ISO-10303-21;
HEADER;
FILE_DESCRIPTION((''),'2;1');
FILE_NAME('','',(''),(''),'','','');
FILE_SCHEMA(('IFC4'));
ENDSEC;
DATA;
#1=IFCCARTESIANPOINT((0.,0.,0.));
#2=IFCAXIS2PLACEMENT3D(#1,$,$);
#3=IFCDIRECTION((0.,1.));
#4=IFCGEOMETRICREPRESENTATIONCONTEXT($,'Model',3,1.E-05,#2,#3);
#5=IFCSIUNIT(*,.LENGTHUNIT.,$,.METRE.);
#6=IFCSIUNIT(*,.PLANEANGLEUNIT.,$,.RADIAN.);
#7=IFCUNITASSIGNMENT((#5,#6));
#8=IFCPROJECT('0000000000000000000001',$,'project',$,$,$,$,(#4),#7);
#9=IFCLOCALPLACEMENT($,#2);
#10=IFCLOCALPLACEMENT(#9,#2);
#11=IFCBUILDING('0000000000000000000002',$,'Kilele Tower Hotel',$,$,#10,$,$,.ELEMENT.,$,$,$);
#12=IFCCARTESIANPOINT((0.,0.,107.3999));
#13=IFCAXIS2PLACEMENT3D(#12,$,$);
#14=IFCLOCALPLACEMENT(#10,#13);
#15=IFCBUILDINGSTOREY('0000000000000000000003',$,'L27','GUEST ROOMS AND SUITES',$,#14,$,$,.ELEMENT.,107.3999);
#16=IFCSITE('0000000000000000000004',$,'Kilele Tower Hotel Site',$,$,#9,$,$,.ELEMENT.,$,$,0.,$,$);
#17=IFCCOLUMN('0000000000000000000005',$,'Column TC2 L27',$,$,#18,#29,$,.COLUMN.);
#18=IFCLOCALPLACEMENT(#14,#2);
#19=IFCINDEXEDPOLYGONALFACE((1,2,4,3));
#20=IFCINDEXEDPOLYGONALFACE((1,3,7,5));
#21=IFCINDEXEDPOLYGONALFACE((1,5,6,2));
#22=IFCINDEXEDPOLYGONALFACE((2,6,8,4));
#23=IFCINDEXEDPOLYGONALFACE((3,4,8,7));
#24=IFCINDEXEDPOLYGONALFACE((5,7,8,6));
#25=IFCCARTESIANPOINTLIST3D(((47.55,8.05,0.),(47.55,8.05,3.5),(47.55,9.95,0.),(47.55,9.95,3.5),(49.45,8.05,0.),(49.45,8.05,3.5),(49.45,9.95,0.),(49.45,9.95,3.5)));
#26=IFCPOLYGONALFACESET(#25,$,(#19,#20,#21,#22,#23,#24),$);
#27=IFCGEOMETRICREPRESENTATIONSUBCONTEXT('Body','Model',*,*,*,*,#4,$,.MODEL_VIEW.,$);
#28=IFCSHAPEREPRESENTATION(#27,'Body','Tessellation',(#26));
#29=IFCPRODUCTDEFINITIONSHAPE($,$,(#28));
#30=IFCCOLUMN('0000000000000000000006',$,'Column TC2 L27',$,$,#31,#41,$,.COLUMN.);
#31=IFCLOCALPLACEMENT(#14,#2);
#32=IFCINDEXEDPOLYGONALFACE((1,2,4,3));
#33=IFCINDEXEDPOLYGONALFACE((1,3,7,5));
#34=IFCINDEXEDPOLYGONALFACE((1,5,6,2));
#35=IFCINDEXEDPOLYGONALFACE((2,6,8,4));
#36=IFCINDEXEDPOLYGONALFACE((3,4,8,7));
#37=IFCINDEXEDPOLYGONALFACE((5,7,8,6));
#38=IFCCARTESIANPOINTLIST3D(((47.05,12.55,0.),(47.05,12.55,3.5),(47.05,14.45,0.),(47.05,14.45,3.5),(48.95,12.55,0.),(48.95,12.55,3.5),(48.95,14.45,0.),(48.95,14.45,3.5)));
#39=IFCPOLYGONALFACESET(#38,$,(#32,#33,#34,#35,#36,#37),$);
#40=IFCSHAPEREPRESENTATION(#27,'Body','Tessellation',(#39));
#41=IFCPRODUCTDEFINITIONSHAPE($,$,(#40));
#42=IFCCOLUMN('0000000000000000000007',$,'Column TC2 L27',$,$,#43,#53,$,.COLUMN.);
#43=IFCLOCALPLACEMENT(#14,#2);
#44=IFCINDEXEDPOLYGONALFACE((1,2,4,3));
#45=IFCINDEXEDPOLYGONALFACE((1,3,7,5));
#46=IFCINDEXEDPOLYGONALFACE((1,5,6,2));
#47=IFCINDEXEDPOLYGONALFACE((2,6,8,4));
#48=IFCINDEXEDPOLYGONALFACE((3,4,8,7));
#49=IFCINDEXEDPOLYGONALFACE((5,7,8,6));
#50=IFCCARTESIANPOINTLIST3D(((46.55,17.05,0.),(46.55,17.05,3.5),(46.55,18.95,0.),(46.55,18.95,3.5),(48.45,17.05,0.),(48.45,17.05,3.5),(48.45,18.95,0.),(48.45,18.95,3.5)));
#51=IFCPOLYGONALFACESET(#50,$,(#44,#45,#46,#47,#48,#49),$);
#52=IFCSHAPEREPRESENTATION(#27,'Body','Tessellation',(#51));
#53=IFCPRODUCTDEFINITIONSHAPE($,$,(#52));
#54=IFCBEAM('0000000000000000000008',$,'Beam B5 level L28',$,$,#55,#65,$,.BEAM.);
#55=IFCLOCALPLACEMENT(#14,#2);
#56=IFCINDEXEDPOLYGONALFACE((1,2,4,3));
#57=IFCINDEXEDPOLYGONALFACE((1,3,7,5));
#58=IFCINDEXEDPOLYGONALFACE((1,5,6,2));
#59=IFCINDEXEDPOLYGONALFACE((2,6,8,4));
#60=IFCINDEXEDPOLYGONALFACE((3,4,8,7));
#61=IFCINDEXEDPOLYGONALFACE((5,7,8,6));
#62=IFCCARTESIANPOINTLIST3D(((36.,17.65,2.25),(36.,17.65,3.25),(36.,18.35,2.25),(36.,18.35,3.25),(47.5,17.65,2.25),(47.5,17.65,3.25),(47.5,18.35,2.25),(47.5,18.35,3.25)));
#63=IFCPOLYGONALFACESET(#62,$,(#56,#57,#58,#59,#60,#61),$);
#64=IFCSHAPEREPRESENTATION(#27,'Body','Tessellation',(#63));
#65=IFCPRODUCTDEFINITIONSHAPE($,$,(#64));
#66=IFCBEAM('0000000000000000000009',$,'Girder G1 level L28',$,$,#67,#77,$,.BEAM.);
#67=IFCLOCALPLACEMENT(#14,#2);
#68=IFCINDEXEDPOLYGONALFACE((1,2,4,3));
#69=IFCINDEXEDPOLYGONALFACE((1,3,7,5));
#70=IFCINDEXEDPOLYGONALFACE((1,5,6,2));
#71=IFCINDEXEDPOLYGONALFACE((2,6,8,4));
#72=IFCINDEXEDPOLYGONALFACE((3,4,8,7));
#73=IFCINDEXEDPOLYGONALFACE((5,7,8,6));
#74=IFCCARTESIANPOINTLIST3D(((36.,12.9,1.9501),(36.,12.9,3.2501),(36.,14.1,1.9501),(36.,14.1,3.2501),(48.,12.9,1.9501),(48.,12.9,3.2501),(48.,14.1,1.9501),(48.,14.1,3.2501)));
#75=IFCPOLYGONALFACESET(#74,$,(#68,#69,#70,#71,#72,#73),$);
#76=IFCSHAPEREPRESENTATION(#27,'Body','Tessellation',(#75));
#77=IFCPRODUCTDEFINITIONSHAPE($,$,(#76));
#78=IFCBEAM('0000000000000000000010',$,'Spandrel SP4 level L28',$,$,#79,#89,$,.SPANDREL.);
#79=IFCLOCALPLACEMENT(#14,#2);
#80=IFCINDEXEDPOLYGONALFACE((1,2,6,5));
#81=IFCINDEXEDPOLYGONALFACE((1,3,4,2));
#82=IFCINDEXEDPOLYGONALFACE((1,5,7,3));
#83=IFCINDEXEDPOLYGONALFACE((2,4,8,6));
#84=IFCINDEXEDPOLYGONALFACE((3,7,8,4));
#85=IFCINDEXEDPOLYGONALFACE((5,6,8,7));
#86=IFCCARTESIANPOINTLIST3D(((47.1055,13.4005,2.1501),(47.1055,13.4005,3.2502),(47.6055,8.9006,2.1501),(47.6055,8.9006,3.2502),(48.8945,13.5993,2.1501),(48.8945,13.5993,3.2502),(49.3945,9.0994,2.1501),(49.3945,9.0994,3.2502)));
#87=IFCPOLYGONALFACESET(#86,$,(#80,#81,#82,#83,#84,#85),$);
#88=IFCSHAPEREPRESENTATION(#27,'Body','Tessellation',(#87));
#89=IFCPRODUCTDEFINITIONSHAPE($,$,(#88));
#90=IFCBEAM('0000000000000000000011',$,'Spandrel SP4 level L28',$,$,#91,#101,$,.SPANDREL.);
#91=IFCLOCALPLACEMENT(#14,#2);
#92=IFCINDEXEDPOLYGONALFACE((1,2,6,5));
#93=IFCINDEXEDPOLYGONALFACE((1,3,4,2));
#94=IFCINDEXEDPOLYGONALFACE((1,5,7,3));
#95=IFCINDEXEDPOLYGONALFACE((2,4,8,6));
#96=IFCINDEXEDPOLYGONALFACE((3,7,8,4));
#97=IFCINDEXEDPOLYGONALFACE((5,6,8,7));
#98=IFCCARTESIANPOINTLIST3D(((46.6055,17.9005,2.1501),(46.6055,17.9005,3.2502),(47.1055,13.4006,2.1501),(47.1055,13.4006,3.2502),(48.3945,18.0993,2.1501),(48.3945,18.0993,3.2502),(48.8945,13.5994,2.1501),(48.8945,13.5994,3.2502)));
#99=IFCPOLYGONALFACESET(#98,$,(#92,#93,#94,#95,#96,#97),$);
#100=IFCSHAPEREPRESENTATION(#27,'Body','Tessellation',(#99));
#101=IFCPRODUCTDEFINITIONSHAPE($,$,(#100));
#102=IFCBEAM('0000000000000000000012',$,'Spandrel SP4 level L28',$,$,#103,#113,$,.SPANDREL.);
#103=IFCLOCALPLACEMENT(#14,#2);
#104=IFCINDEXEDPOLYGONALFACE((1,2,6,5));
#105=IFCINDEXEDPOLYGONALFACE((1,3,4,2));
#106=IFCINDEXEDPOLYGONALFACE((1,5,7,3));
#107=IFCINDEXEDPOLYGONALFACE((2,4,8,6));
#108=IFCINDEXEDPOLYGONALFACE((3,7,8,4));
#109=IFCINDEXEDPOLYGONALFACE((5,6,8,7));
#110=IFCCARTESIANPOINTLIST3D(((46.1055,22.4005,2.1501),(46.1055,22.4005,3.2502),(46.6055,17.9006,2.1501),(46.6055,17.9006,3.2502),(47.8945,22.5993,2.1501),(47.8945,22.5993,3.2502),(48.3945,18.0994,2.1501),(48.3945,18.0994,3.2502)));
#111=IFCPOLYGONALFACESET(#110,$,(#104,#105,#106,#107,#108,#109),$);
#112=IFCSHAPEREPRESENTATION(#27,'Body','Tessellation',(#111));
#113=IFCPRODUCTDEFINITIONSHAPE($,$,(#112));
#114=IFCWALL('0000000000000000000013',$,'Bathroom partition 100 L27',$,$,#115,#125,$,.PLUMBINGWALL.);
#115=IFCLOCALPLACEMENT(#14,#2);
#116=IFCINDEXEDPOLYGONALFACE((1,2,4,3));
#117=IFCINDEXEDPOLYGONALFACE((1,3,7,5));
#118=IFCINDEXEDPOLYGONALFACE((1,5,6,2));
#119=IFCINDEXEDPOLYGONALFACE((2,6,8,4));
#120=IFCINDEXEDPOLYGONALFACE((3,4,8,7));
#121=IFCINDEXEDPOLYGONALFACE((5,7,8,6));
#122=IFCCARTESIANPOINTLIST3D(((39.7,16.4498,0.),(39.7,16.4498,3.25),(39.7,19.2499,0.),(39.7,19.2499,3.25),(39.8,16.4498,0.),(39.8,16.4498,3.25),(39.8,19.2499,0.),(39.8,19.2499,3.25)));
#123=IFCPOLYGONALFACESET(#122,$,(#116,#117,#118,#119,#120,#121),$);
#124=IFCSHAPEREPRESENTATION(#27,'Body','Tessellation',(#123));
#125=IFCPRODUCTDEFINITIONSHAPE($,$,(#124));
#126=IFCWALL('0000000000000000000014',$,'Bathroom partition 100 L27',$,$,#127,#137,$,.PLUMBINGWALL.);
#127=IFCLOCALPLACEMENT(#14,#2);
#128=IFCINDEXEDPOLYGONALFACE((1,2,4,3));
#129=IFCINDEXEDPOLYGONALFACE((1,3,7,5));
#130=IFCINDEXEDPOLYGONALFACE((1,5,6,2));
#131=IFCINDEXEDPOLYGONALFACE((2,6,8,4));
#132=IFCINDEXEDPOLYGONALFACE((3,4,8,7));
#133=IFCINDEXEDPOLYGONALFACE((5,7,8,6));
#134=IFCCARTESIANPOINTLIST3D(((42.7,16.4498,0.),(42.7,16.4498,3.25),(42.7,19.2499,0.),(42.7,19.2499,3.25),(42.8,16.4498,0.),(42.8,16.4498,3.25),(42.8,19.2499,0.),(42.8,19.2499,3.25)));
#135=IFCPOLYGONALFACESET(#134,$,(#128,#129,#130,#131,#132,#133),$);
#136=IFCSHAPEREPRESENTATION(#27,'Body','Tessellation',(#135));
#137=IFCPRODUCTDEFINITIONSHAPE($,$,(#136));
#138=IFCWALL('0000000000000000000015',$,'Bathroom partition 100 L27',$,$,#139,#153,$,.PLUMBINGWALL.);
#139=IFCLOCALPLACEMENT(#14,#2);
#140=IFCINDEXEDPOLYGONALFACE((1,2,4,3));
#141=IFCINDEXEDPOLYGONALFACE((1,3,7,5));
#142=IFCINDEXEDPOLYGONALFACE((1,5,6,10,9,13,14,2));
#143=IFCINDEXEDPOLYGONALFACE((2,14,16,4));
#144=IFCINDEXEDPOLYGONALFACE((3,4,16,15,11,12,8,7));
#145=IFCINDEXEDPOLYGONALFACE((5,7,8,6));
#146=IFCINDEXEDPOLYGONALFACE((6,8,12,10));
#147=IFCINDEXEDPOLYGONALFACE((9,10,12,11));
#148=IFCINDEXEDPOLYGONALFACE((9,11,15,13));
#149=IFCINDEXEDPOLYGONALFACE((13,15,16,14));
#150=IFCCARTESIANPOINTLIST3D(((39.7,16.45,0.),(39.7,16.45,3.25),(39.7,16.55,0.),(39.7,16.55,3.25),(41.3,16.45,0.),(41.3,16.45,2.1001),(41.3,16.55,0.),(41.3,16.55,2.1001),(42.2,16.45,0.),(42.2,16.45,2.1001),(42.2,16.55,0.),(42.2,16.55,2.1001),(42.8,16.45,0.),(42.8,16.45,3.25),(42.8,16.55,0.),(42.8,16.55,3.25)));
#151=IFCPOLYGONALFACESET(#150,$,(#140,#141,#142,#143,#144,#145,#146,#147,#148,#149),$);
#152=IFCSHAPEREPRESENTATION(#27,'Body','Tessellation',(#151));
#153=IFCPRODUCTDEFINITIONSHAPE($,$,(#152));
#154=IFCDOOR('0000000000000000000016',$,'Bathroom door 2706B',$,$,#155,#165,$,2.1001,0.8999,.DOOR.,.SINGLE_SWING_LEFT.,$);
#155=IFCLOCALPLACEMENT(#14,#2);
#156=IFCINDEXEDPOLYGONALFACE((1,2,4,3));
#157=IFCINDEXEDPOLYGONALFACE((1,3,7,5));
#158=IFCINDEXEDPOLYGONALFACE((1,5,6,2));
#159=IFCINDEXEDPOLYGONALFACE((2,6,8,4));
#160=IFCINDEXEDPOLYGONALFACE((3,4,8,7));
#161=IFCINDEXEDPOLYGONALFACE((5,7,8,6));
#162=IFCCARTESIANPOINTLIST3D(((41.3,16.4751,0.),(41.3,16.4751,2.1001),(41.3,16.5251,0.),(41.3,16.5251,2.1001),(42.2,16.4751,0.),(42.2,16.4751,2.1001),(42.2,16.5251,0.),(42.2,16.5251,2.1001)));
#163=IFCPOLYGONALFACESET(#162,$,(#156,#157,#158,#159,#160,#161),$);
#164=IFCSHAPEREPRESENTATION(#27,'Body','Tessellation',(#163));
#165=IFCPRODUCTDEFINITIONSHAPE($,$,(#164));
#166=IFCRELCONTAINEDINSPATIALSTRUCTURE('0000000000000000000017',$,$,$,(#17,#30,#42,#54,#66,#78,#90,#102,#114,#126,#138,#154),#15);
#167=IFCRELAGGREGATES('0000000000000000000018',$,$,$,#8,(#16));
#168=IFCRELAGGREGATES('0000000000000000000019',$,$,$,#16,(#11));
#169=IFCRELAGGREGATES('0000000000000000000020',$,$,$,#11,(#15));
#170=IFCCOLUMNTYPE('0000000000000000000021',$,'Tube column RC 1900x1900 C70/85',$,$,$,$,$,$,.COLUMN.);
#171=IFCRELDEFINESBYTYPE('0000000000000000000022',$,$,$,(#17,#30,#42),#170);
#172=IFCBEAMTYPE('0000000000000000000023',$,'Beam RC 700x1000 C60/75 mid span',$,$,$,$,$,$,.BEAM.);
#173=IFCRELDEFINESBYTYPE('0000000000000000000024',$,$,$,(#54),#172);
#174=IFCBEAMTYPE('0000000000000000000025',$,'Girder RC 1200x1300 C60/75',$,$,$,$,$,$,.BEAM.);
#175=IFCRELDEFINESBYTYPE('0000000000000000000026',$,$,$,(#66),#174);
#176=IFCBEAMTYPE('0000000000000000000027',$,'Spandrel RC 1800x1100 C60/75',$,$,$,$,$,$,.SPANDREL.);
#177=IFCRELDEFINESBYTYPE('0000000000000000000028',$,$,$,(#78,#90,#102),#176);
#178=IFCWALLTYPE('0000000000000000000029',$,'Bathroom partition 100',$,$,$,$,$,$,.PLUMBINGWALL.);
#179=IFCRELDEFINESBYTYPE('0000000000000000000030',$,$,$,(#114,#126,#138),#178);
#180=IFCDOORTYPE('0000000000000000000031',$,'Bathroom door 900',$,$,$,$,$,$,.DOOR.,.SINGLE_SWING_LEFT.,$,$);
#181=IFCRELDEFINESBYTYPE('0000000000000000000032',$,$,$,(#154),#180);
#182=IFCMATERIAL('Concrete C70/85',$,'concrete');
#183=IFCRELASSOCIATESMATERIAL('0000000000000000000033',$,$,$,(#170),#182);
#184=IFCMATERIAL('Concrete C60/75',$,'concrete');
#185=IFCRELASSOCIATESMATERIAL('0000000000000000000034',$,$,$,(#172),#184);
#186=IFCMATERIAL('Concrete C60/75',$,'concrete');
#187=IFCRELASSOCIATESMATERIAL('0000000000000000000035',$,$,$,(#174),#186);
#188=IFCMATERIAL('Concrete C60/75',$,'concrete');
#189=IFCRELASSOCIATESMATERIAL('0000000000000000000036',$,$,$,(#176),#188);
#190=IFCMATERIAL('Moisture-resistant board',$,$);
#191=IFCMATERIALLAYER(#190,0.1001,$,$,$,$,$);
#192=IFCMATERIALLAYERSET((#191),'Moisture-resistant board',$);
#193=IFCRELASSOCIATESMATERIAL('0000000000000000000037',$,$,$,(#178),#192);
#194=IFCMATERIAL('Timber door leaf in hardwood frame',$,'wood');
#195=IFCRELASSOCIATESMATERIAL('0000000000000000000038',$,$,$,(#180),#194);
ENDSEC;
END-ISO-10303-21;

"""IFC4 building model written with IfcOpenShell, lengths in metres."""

from ifc_helpers import new_model, si_unit, direction, frame, frame_2d, origin, origin_2d, place, context, subcontext, project, spatial, rectangle, extrude, material, layer, layer_set, material_profile, profile_set, type_object, element, fill, save


model = new_model("IFC4")

# Units and contexts
model_context = context("Model", 3, precision=1e-05, world=origin(), true_north=direction((0.0, 1.0)))
body_context = subcontext(model_context, "Body", "Model", "MODEL_VIEW")
ifc_project = project(units=[si_unit("LENGTHUNIT", "METRE"), si_unit("PLANEANGLEUNIT", "RADIAN")], contexts=[model_context])

# Site, building, storey
site_placement = place(None, origin())
site = spatial("IfcSite", under=ifc_project, at=site_placement, Name="Kilele Tower Hotel Site", CompositionType="ELEMENT", RefElevation=0.0)
building_placement = place(site_placement, origin())
building = spatial("IfcBuilding", under=site, at=building_placement, Name="Kilele Tower Hotel", CompositionType="ELEMENT")
storey_placement = place(building_placement, frame((0.0, 0.0, 107.3999)))
storey = spatial("IfcBuildingStorey", under=building, at=storey_placement, Name="L27", Description="GUEST ROOMS AND SUITES", CompositionType="ELEMENT", Elevation=107.3999)

# Columns
ifc_material_1 = material(Name="Concrete C70/85", Category="concrete")
ifc_material_profile_1 = material_profile(ifc_material_1, rectangle(XDim=1.8999, YDim=1.8999, at=origin_2d()))
ifc_profile_set_1 = profile_set([ifc_material_profile_1], Name="Concrete C70/85")
column_type = type_object("IfcColumnType", Name="Tube column RC 1900x1900 C70/85", PredefinedType="COLUMN", material=ifc_profile_set_1)
for number, where, z_axis, x_axis, name in (
    (1, (48.5, 9.0, 0.0), (0.0, 0.0, 1.0), (1.0, 0.0, 0.0), "Column TC2 L27"),
    (2, (48.0, 13.5, 0.0), (0.0, 0.0, 1.0), (1.0, 0.0, 0.0), "Column TC2 L27"),
    (3, (47.5, 18.0, 0.0), (0.0, 0.0, 1.0), (1.0, 0.0, 0.0), "Column TC2 L27"),
):
    element("IfcColumn", number, at=place(storey_placement, frame(where, z_axis=z_axis, x_axis=x_axis)), inside=storey, type_object=column_type, Name=name, PredefinedType="COLUMN", context=body_context, shape_type="SweptSolid", body=[
        extrude(rectangle(XDim=1.8999, YDim=1.8999, at=origin_2d()), origin(), (0.0, 0.0, 1.0), 3.5),
    ])

# Beams
ifc_material_2 = material(Name="Concrete C60/75", Category="concrete")
ifc_material_profile_2 = material_profile(ifc_material_2, rectangle(XDim=0.7, YDim=1.0, at=origin_2d()))
ifc_profile_set_2 = profile_set([ifc_material_profile_2], Name="Concrete C60/75")
beam_type_1 = type_object("IfcBeamType", Name="Beam RC 700x1000 C60/75 mid span", PredefinedType="BEAM", material=ifc_profile_set_2)
beam_1_placement = place(storey_placement, frame((47.5, 18.0, 2.75), z_axis=(-1.0, 0.0, 0.0), x_axis=(0.0, -1.0, 0.0)))
element("IfcBeam", 4, at=beam_1_placement, inside=storey, type_object=beam_type_1, Name="Beam B5 level L28", PredefinedType="BEAM", context=body_context, shape_type="SweptSolid", body=[
    extrude(rectangle(XDim=0.7, YDim=1.0, at=origin_2d()), origin(), (0.0, 0.0, 1.0), 11.5),
])
ifc_material_3 = material(Name="Concrete C60/75", Category="concrete")
ifc_material_profile_3 = material_profile(ifc_material_3, rectangle(XDim=1.2, YDim=1.3, at=origin_2d()))
ifc_profile_set_3 = profile_set([ifc_material_profile_3], Name="Concrete C60/75")
beam_type_2 = type_object("IfcBeamType", Name="Girder RC 1200x1300 C60/75", PredefinedType="BEAM", material=ifc_profile_set_3)
beam_2_placement = place(storey_placement, frame((48.0, 13.5, 2.6001), z_axis=(-1.0, 0.0, 0.0), x_axis=(0.0, -1.0, 0.0)))
element("IfcBeam", 5, at=beam_2_placement, inside=storey, type_object=beam_type_2, Name="Girder G1 level L28", PredefinedType="BEAM", context=body_context, shape_type="SweptSolid", body=[
    extrude(rectangle(XDim=1.2, YDim=1.3, at=origin_2d()), origin(), (0.0, 0.0, 1.0), 12.0),
])
ifc_material_4 = material(Name="Concrete C60/75", Category="concrete")
ifc_material_profile_4 = material_profile(ifc_material_4, rectangle(XDim=1.8, YDim=1.1001, at=origin_2d()))
ifc_profile_set_4 = profile_set([ifc_material_profile_4], Name="Concrete C60/75")
beam_type_3 = type_object("IfcBeamType", Name="Spandrel RC 1800x1100 C60/75", PredefinedType="SPANDREL", material=ifc_profile_set_4)
for number, where, z_axis, x_axis, name in (
    (6, (48.5, 9.0, 2.7002), (-0.110432, 0.993884, 0.0), (-0.993884, -0.110432, 0.0), "Spandrel SP4 level L28"),
    (7, (48.0, 13.5, 2.7002), (-0.110432, 0.993884, 0.0), (-0.993884, -0.110432, 0.0), "Spandrel SP4 level L28"),
    (8, (47.5, 18.0, 2.7002), (-0.110432, 0.993884, 0.0), (-0.993884, -0.110432, 0.0), "Spandrel SP4 level L28"),
):
    element("IfcBeam", number, at=place(storey_placement, frame(where, z_axis=z_axis, x_axis=x_axis)), inside=storey, type_object=beam_type_3, Name=name, PredefinedType="SPANDREL", context=body_context, shape_type="SweptSolid", body=[
        extrude(rectangle(XDim=1.8, YDim=1.1001, at=origin_2d()), origin(), (0.0, 0.0, 1.0), 4.5276),
    ])

# Walls
ifc_material_5 = material(Name="Moisture-resistant board")
ifc_layer_1 = layer(ifc_material_5, 0.1001)
ifc_layer_set_1 = layer_set([ifc_layer_1], Name="Moisture-resistant board")
wall_type_1 = type_object("IfcWallType", Name="Bathroom partition 100", PredefinedType="PLUMBINGWALL", material=ifc_layer_set_1)
for number, where, z_axis, x_axis, name in (
    (9, (39.75, 16.45, 0.0), (0.0, 0.0, 1.0), (0.0, 1.0, 0.0), "Bathroom partition 100 L27"),
    (10, (42.75, 16.45, 0.0), (0.0, 0.0, 1.0), (0.0, 1.0, 0.0), "Bathroom partition 100 L27"),
):
    element("IfcWall", number, at=place(storey_placement, frame(where, z_axis=z_axis, x_axis=x_axis)), inside=storey, type_object=wall_type_1, Name=name, PredefinedType="PLUMBINGWALL", context=body_context, shape_type="SweptSolid", body=[
        extrude(rectangle(XDim=2.8, YDim=0.1001, at=frame_2d((1.3999, 0.0))), origin(), (0.0, 0.0, 1.0), 3.25),
    ])

# Wall, opening, door
wall_1_placement = place(storey_placement, frame((39.7, 16.5, 0.0), z_axis=(0.0, 0.0, 1.0), x_axis=(1.0, 0.0, 0.0)))
wall_1 = element("IfcWall", 11, at=wall_1_placement, inside=storey, type_object=wall_type_1, Name="Bathroom partition 100 L27", PredefinedType="PLUMBINGWALL", context=body_context, shape_type="SweptSolid", body=[
    extrude(rectangle(XDim=3.1001, YDim=0.1001, at=frame_2d((1.55, 0.0))), origin(), (0.0, 0.0, 1.0), 3.25),
])
opening_1_placement = place(wall_1_placement, frame((2.5, 0.0, 0.0), z_axis=(0.0, 0.0, 1.0), x_axis=(-1.0, 0.0, 0.0)))
opening_1 = element("IfcOpeningElement", 12, at=opening_1_placement, cuts=wall_1, PredefinedType="OPENING", context=body_context, shape_type="SweptSolid", body=[
    extrude(rectangle(XDim=0.8999, YDim=2.1001, at=frame_2d((0.45, 1.05))), frame((0.0, 0.0601, 0.0), z_axis=(0.0, -1.0, 0.0), x_axis=(1.0, 0.0, 0.0)), (0.0, 0.0, 1.0), 0.1201),
])
ifc_material_6 = material(Name="Timber door leaf in hardwood frame", Category="wood")
door_type_1 = type_object("IfcDoorType", Name="Bathroom door 900", OperationType="SINGLE_SWING_LEFT", PredefinedType="DOOR", material=ifc_material_6)
door_1_placement = place(opening_1_placement, origin())
door_1 = element("IfcDoor", 13, at=door_1_placement, inside=storey, type_object=door_type_1, Name="Bathroom door 2706B", OperationType="SINGLE_SWING_LEFT", OverallHeight=2.1001, OverallWidth=0.8999, PredefinedType="DOOR", context=body_context, shape_type="SweptSolid", body=[
    extrude(rectangle(XDim=0.8999, YDim=2.1001, at=frame_2d((0.45, 1.05))), frame((0.0, 0.0249, 0.0), z_axis=(0.0, -1.0, 0.0), x_axis=(1.0, 0.0, 0.0)), (0.0, 0.0, 1.0), 0.05),
])
fill(opening_1, door_1)

save(model, "model.ifc")
